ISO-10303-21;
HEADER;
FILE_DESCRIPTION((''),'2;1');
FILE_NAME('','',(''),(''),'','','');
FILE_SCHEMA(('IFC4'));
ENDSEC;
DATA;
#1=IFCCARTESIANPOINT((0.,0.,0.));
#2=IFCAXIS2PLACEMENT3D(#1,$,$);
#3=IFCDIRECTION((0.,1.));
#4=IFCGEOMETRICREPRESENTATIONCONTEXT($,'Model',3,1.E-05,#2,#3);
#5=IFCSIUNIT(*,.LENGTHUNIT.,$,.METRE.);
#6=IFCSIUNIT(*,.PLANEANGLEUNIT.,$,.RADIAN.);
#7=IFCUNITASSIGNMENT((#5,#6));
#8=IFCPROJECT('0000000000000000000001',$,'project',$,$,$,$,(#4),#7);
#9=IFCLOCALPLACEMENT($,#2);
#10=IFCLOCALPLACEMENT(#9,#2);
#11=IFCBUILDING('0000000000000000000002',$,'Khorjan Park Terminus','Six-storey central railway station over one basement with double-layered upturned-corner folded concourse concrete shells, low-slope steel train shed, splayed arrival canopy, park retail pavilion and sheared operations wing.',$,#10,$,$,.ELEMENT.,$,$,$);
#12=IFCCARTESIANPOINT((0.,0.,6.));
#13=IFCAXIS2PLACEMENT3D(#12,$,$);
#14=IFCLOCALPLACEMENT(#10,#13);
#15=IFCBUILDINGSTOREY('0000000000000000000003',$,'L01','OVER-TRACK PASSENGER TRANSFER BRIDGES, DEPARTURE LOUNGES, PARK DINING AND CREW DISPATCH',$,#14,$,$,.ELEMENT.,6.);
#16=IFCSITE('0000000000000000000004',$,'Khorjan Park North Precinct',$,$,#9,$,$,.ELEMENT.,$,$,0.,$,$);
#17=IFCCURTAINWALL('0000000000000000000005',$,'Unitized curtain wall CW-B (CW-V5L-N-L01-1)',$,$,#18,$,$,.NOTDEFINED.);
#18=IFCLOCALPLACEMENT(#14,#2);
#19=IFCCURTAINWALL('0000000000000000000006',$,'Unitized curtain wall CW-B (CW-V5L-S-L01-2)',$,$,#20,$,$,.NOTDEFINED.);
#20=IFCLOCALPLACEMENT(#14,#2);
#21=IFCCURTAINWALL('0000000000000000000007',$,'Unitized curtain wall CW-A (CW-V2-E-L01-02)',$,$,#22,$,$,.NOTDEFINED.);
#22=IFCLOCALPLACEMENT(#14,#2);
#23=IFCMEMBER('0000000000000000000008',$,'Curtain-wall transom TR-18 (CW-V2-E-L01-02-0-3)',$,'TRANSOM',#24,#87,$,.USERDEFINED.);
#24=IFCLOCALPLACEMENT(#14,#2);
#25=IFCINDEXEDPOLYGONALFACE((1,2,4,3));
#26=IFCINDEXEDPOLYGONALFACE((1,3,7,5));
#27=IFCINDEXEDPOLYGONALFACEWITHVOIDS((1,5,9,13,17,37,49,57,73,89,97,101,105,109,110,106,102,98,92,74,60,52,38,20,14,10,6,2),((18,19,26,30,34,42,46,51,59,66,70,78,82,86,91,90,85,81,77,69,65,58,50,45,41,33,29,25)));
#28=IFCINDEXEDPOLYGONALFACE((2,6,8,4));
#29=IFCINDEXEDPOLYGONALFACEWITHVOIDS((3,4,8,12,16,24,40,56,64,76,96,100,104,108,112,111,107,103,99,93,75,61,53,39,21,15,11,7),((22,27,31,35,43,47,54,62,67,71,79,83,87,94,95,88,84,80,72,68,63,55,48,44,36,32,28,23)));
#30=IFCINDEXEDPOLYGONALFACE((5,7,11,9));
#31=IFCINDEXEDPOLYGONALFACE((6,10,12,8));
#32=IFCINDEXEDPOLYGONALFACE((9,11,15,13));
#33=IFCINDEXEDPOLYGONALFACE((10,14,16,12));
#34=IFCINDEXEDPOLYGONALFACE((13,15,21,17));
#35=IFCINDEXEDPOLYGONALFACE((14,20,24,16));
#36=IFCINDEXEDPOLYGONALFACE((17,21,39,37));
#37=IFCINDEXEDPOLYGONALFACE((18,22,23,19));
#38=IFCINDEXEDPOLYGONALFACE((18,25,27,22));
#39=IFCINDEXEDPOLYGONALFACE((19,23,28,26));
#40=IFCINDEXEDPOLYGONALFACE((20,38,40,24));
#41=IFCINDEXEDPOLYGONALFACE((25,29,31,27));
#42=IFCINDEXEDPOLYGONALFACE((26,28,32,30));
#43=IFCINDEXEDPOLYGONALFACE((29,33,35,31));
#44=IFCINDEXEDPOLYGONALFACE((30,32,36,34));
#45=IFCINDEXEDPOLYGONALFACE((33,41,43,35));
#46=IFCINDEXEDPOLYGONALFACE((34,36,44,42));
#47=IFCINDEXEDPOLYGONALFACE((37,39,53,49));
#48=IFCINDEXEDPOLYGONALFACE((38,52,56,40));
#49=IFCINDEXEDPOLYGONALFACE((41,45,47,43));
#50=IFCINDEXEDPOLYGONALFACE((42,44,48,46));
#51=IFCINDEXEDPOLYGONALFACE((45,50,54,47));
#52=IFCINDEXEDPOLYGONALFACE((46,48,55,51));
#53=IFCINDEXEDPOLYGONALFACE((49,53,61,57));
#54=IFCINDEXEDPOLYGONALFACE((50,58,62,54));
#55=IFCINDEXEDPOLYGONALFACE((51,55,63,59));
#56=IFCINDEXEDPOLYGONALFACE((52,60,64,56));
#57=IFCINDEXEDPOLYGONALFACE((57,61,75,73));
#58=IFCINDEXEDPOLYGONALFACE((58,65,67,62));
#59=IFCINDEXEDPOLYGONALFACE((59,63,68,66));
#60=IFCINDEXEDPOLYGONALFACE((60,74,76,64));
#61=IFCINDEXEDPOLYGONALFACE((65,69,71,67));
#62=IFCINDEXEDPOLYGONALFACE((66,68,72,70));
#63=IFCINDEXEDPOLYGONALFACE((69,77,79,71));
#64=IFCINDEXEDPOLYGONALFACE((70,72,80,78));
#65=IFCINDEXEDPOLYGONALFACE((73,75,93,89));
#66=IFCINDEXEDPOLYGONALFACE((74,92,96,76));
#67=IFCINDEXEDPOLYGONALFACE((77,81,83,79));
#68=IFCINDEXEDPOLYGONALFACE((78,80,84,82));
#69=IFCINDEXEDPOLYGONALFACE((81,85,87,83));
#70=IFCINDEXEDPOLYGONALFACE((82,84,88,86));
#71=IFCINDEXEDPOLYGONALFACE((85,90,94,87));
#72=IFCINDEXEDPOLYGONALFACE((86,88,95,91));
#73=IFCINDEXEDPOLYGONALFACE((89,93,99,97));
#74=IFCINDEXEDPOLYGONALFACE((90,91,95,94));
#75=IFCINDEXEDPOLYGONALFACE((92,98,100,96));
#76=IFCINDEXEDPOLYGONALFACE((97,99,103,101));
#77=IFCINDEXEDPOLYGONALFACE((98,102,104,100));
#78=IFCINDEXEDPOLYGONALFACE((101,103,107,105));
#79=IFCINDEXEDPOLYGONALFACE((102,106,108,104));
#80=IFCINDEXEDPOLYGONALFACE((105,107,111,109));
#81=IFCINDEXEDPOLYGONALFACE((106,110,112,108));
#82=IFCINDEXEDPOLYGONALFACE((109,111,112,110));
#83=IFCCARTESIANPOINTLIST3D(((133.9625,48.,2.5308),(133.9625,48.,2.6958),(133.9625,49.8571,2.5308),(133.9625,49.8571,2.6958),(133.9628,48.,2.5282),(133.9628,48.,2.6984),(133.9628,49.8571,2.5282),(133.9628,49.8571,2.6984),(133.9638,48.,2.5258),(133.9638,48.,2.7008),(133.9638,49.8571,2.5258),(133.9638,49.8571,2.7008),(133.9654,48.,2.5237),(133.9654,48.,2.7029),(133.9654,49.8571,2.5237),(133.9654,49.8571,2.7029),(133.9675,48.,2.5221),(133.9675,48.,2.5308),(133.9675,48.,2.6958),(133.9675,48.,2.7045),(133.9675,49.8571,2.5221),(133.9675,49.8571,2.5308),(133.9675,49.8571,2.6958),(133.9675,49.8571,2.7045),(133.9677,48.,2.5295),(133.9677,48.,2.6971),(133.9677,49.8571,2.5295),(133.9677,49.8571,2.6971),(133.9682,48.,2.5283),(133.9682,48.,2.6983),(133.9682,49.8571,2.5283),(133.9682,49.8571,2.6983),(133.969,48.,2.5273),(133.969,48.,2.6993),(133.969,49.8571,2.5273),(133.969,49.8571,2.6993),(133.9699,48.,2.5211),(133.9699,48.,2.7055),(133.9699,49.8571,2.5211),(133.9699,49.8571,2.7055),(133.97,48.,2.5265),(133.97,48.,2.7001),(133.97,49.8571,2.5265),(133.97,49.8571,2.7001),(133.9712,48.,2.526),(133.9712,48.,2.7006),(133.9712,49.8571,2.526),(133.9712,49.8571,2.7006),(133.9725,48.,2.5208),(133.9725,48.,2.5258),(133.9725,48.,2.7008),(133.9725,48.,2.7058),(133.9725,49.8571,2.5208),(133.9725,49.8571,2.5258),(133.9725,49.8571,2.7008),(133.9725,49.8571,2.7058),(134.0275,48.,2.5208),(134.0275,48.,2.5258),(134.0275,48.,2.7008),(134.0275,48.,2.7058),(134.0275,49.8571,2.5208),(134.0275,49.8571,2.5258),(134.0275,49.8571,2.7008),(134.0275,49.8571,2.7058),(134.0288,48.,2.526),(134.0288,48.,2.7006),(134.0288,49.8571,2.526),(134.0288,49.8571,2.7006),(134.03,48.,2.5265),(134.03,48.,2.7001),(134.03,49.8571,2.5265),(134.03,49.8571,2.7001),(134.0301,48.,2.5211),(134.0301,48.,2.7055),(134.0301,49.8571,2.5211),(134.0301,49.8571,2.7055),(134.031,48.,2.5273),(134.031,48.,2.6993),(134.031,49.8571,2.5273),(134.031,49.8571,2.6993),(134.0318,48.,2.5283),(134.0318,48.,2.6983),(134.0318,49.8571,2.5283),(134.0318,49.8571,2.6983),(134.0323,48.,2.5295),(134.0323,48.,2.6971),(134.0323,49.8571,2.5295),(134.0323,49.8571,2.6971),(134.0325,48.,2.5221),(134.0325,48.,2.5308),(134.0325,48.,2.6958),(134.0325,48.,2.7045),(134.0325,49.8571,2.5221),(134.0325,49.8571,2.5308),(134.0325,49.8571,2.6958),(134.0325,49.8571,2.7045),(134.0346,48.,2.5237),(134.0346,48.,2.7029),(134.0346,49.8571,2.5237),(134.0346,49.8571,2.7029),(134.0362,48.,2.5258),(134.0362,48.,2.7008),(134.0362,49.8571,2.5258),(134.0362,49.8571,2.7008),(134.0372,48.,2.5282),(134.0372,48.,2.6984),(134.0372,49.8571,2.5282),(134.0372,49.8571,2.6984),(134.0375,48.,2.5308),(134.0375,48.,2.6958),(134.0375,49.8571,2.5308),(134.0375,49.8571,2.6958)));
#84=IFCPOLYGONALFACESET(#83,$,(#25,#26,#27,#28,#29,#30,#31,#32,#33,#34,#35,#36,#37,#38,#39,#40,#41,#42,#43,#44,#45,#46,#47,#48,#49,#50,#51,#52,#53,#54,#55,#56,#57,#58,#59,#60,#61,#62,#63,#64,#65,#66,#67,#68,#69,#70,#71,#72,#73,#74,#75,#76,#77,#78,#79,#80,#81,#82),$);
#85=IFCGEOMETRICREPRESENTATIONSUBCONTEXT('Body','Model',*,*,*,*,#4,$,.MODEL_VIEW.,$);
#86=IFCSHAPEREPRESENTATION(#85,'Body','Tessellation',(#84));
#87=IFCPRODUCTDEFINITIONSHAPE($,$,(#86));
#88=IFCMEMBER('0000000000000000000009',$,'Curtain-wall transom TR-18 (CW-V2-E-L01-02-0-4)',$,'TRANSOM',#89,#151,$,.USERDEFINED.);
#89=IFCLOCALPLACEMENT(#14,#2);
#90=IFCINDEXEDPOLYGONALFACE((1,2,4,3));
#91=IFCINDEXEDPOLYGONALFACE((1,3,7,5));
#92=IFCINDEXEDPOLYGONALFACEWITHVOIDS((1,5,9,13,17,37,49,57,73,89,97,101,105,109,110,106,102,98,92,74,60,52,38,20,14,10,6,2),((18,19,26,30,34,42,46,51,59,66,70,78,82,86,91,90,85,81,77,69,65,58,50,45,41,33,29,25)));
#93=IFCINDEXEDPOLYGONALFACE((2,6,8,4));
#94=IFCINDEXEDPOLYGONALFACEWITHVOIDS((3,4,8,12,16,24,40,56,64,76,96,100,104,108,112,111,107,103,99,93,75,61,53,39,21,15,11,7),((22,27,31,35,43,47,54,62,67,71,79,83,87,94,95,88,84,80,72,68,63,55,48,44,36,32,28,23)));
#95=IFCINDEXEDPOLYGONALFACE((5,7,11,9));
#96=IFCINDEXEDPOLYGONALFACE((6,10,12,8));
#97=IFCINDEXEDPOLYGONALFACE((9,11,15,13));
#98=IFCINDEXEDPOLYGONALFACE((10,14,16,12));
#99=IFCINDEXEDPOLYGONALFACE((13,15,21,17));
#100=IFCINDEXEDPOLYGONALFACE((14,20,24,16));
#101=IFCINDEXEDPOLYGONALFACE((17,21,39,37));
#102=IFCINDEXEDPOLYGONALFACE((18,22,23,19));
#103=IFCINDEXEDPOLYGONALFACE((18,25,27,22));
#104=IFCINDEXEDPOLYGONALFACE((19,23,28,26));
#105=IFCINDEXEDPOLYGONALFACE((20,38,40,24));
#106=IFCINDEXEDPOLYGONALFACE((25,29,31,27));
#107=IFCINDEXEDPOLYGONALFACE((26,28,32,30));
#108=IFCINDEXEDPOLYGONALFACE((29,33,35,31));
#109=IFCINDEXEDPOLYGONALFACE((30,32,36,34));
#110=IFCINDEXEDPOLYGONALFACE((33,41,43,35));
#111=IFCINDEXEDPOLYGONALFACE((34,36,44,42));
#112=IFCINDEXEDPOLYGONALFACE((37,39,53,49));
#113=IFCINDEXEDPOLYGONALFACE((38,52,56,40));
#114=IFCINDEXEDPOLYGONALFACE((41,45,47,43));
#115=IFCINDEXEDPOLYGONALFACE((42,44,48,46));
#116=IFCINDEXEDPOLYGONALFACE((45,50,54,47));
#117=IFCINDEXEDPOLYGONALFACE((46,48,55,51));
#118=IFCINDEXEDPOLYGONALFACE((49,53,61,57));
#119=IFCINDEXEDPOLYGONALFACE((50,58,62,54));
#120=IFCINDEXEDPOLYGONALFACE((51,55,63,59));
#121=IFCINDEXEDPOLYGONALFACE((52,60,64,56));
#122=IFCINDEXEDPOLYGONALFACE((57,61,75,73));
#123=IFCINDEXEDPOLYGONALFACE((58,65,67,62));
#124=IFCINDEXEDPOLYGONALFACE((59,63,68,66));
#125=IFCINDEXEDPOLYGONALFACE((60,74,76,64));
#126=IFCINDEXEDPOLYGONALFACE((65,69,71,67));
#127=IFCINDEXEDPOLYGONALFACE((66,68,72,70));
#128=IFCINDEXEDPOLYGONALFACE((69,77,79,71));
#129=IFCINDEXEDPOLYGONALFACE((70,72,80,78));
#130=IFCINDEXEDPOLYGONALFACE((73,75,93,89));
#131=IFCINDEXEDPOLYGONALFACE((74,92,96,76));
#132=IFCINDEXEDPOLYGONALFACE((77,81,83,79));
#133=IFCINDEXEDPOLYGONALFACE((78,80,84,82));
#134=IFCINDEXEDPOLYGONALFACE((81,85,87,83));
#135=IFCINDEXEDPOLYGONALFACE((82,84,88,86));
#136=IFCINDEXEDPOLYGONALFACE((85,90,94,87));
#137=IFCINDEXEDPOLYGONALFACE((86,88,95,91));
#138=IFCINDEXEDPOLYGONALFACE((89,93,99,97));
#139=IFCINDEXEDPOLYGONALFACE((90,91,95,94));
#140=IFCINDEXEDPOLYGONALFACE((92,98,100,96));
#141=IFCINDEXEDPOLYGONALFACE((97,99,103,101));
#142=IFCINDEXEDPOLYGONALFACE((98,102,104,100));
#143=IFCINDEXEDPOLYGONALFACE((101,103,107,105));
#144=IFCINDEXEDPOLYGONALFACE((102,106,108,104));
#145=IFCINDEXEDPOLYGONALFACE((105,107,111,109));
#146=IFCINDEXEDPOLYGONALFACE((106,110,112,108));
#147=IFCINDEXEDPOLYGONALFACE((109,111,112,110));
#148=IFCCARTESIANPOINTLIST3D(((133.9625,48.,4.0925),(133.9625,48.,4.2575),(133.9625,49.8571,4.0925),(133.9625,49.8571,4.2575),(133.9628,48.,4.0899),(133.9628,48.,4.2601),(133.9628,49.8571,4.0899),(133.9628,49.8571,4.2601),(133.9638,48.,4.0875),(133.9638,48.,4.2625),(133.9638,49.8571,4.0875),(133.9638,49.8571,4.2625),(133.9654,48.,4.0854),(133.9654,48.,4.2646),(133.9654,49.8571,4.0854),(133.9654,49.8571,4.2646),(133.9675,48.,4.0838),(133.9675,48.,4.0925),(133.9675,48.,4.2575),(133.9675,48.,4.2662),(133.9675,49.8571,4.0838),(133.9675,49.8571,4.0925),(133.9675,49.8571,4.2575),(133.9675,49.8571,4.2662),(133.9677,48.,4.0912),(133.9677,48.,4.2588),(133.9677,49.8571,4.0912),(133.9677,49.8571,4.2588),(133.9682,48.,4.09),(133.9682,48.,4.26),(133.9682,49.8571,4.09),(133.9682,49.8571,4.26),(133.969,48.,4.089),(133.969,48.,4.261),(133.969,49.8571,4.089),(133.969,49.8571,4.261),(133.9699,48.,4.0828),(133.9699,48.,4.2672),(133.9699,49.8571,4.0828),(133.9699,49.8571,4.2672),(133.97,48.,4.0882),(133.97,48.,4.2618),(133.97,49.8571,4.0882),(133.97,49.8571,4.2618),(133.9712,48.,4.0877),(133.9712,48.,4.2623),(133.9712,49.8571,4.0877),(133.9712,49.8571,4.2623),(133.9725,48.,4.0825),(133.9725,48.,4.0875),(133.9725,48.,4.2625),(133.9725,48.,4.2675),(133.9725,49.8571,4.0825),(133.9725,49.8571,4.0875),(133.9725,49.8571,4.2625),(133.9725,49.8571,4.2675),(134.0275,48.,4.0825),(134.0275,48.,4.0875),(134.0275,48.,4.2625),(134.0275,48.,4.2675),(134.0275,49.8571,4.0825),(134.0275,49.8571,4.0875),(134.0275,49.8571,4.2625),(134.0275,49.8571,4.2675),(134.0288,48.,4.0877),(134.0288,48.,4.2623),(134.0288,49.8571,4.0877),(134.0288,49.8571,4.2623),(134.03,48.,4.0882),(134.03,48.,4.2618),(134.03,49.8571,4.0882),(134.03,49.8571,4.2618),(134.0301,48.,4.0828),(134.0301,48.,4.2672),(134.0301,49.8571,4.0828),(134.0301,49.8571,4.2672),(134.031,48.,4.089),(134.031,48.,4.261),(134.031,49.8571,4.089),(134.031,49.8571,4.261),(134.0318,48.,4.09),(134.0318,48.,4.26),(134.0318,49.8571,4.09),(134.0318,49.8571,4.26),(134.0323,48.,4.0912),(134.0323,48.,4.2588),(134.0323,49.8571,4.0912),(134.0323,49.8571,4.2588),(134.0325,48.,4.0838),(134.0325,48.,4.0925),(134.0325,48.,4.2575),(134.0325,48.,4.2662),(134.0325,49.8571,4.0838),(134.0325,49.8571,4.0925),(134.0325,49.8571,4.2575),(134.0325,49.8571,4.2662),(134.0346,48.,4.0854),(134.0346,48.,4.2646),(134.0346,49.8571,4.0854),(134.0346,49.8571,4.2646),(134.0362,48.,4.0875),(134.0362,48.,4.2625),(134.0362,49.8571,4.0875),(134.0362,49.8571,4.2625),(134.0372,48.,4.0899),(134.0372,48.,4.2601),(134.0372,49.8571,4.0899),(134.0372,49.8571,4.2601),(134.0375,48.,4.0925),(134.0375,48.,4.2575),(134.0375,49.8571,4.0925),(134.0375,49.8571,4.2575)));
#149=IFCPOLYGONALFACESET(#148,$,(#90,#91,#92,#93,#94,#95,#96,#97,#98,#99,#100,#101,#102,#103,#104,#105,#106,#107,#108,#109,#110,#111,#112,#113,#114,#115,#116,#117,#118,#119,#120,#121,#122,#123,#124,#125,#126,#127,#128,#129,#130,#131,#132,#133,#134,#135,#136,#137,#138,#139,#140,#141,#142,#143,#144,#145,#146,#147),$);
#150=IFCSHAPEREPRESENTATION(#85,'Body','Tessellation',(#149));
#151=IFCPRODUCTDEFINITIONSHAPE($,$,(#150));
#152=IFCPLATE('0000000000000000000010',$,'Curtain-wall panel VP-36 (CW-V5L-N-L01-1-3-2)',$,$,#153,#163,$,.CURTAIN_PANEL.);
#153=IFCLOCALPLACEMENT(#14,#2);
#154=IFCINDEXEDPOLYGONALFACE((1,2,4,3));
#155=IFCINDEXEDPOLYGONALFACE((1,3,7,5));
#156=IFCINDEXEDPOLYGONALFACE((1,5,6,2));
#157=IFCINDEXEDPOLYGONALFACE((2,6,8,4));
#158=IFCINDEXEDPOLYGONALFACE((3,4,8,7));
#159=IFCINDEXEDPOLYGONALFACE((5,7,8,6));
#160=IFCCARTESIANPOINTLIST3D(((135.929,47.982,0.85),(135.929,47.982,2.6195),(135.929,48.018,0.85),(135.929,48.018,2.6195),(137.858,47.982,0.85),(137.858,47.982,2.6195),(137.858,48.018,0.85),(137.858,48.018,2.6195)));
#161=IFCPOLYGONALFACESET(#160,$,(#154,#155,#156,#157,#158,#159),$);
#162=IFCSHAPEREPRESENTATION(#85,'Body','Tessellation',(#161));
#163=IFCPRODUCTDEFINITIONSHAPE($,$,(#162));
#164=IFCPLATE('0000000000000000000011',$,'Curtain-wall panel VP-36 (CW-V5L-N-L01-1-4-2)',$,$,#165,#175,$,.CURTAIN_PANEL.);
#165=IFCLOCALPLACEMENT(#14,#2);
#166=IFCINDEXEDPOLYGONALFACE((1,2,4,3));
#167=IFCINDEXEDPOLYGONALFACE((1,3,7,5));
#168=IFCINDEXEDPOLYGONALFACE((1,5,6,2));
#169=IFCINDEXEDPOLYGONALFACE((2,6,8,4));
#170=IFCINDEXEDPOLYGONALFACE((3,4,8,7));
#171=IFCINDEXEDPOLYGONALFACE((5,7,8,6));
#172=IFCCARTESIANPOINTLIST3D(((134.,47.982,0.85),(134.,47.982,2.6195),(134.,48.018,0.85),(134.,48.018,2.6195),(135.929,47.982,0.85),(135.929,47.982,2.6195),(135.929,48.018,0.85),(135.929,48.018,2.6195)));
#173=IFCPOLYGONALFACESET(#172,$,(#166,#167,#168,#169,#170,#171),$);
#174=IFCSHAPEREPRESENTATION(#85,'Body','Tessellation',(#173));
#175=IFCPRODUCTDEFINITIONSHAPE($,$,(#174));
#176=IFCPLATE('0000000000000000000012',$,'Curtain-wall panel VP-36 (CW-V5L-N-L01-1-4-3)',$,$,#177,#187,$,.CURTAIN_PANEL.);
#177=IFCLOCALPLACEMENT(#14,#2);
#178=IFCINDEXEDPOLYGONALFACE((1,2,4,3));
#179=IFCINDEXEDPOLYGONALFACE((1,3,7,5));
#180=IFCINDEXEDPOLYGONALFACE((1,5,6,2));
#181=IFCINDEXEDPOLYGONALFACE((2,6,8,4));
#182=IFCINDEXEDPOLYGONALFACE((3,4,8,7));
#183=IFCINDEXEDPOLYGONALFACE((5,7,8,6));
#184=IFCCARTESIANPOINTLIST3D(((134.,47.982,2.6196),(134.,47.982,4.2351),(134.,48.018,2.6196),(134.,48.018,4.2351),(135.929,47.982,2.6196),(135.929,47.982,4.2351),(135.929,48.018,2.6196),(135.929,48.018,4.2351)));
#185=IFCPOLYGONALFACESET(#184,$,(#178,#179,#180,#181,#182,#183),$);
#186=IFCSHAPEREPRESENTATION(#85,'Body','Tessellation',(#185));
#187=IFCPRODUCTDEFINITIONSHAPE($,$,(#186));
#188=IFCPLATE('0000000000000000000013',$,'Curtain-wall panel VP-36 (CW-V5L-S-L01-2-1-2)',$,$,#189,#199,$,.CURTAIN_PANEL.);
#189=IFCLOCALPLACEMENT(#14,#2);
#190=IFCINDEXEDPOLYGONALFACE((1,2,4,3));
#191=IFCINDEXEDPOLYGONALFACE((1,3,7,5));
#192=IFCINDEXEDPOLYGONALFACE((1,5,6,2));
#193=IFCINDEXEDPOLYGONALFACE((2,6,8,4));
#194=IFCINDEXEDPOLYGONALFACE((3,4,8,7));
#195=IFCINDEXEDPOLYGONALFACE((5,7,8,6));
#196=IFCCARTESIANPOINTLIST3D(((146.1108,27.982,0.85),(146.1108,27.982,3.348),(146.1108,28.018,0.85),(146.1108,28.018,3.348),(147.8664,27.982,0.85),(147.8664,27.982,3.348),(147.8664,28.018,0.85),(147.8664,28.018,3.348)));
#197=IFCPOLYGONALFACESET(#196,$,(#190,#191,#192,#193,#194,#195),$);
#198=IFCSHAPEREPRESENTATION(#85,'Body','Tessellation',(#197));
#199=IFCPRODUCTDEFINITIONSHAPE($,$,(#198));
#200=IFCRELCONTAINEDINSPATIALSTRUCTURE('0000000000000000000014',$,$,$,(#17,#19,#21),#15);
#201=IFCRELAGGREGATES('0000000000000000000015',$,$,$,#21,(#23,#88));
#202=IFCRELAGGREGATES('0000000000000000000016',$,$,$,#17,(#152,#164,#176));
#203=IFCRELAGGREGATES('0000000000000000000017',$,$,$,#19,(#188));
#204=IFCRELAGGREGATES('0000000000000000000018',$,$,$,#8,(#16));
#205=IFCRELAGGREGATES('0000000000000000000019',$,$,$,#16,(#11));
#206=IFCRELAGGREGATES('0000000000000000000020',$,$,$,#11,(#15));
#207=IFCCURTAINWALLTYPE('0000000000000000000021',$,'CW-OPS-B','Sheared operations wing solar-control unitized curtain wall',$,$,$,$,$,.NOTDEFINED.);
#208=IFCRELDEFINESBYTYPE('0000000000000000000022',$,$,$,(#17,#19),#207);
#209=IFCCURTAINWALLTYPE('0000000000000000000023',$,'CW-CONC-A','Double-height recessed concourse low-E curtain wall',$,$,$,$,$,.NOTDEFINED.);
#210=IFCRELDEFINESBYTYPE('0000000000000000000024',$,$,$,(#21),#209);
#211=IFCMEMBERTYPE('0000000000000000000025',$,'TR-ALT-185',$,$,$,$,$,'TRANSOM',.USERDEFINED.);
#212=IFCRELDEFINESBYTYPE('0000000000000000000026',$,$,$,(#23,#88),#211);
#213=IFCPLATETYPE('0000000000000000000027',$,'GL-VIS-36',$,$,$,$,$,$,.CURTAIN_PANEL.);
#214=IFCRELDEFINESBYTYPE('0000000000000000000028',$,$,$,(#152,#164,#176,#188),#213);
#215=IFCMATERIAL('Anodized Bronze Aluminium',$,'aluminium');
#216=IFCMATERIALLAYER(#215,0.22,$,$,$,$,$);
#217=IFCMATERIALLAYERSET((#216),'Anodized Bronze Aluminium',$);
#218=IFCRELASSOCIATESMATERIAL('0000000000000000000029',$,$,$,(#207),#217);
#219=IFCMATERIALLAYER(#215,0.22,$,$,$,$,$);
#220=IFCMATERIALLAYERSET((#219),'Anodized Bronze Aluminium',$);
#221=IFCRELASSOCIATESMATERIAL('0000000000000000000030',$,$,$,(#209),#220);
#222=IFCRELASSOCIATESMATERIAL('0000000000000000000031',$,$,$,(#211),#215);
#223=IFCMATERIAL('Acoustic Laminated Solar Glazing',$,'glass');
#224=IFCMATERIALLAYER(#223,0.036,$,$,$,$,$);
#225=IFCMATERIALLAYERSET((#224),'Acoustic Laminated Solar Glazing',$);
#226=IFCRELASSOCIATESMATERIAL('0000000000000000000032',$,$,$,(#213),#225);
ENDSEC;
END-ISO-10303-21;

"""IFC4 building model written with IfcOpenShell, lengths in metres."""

from ifc_helpers import new_model, si_unit, direction, frame, origin, origin_2d, place, context, subcontext, project, spatial, rectangle, hollow_rectangle, extrude, material, layer, layer_set, material_profile, profile_set, type_object, element, aggregate, save


model = new_model("IFC4")

# Units and contexts
model_context = context("Model", 3, precision=1e-05, world=origin(), true_north=direction((0.0, 1.0)))
body_context = subcontext(model_context, "Body", "Model", "MODEL_VIEW")
ifc_project = project(units=[si_unit("LENGTHUNIT", "METRE"), si_unit("PLANEANGLEUNIT", "RADIAN")], contexts=[model_context])

# Site, building, storey
site_placement = place(None, origin())
site = spatial("IfcSite", under=ifc_project, at=site_placement, Name="Khorjan Park North Precinct", CompositionType="ELEMENT", RefElevation=0.0)
building_placement = place(site_placement, origin())
building = spatial("IfcBuilding", under=site, at=building_placement, Name="Khorjan Park Terminus", Description="Six-storey central railway station over one basement with double-layered upturned-corner folded concourse concrete shells, low-slope steel train shed, splayed arrival canopy, park retail pavilion and sheared operations wing.", CompositionType="ELEMENT")
storey_placement = place(building_placement, frame((0.0, 0.0, 6.0)))
storey = spatial("IfcBuildingStorey", under=building, at=storey_placement, Name="L01", Description="OVER-TRACK PASSENGER TRANSFER BRIDGES, DEPARTURE LOUNGES, PARK DINING AND CREW DISPATCH", CompositionType="ELEMENT", Elevation=6.0)

# Curtain walls
ifc_material_1 = material(Name="Anodized Bronze Aluminium", Category="aluminium")
ifc_layer_1 = layer(ifc_material_1, 0.22)
ifc_layer_set_1 = layer_set([ifc_layer_1], Name="Anodized Bronze Aluminium")
curtain_wall_type_1 = type_object("IfcCurtainWallType", Name="CW-OPS-B", Description="Sheared operations wing solar-control unitized curtain wall", PredefinedType="NOTDEFINED", material=ifc_layer_set_1)
curtain_wall_1_placement = place(storey_placement, origin())
curtain_wall_1 = element("IfcCurtainWall", 1, at=curtain_wall_1_placement, inside=storey, type_object=curtain_wall_type_1, Name="Unitized curtain wall CW-B (CW-V5L-N-L01-1)", PredefinedType="NOTDEFINED")
curtain_wall_2_placement = place(storey_placement, origin())
curtain_wall_2 = element("IfcCurtainWall", 2, at=curtain_wall_2_placement, inside=storey, type_object=curtain_wall_type_1, Name="Unitized curtain wall CW-B (CW-V5L-S-L01-2)", PredefinedType="NOTDEFINED")
ifc_layer_2 = layer(ifc_material_1, 0.22)
ifc_layer_set_2 = layer_set([ifc_layer_2], Name="Anodized Bronze Aluminium")
curtain_wall_type_2 = type_object("IfcCurtainWallType", Name="CW-CONC-A", Description="Double-height recessed concourse low-E curtain wall", PredefinedType="NOTDEFINED", material=ifc_layer_set_2)
curtain_wall_3_placement = place(storey_placement, origin())
curtain_wall_3 = element("IfcCurtainWall", 3, at=curtain_wall_3_placement, inside=storey, type_object=curtain_wall_type_2, Name="Unitized curtain wall CW-A (CW-V2-E-L01-02)", PredefinedType="NOTDEFINED")

# Members
ifc_material_profile_1 = material_profile(ifc_material_1, hollow_rectangle(XDim=0.075, YDim=0.185, WallThickness=0.005, InnerFilletRadius=0.005, OuterFilletRadius=0.01, at=origin_2d()), Name="ALT 75x185x5")
ifc_profile_set_1 = profile_set([ifc_material_profile_1], Name="Anodized Bronze Aluminium")
member_type_1 = type_object("IfcMemberType", Name="TR-ALT-185", ElementType="TRANSOM", PredefinedType="USERDEFINED", material=ifc_profile_set_1)
member_1_placement = place(storey_placement, frame((134.0, 48.0, 2.6133), z_axis=(0.0, 1.0, 0.0), x_axis=(-1.0, 0.0, 0.0)))
member_1 = element("IfcMember", 4, at=member_1_placement, type_object=member_type_1, Name="Curtain-wall transom TR-18 (CW-V2-E-L01-02-0-3)", ObjectType="TRANSOM", PredefinedType="USERDEFINED", context=body_context, shape_type="SweptSolid", body=[
    extrude(hollow_rectangle(XDim=0.075, YDim=0.185, WallThickness=0.005, InnerFilletRadius=0.005, OuterFilletRadius=0.01, at=origin_2d()), origin(), (0.0, 0.0, 1.0), 1.8571),
])
member_2_placement = place(storey_placement, frame((134.0, 48.0, 4.175), z_axis=(0.0, 1.0, 0.0), x_axis=(-1.0, 0.0, 0.0)))
member_2 = element("IfcMember", 5, at=member_2_placement, type_object=member_type_1, Name="Curtain-wall transom TR-18 (CW-V2-E-L01-02-0-4)", ObjectType="TRANSOM", PredefinedType="USERDEFINED", context=body_context, shape_type="SweptSolid", body=[
    extrude(hollow_rectangle(XDim=0.075, YDim=0.185, WallThickness=0.005, InnerFilletRadius=0.005, OuterFilletRadius=0.01, at=origin_2d()), origin(), (0.0, 0.0, 1.0), 1.8571),
])
aggregate(curtain_wall_3, [member_1, member_2])

# Plates
ifc_material_2 = material(Name="Acoustic Laminated Solar Glazing", Category="glass")
ifc_layer_3 = layer(ifc_material_2, 0.036)
ifc_layer_set_3 = layer_set([ifc_layer_3], Name="Acoustic Laminated Solar Glazing")
plate_type_1 = type_object("IfcPlateType", Name="GL-VIS-36", PredefinedType="CURTAIN_PANEL", material=ifc_layer_set_3)
plate_1_placement = place(storey_placement, frame((136.8935, 48.0, 0.85), z_axis=(0.0, 0.0, 1.0), x_axis=(-1.0, 0.0, 0.0)))
plate_1 = element("IfcPlate", 6, at=plate_1_placement, type_object=plate_type_1, Name="Curtain-wall panel VP-36 (CW-V5L-N-L01-1-3-2)", PredefinedType="CURTAIN_PANEL", context=body_context, shape_type="SweptSolid", body=[
    extrude(rectangle(XDim=1.929, YDim=0.036, at=origin_2d()), origin(), (0.0, 0.0, 1.0), 1.7695),
])
plate_2_placement = place(storey_placement, frame((134.9645, 48.0, 0.85), z_axis=(0.0, 0.0, 1.0), x_axis=(-1.0, 0.0, 0.0)))
plate_2 = element("IfcPlate", 7, at=plate_2_placement, type_object=plate_type_1, Name="Curtain-wall panel VP-36 (CW-V5L-N-L01-1-4-2)", PredefinedType="CURTAIN_PANEL", context=body_context, shape_type="SweptSolid", body=[
    extrude(rectangle(XDim=1.929, YDim=0.036, at=origin_2d()), origin(), (0.0, 0.0, 1.0), 1.7695),
])
plate_3_placement = place(storey_placement, frame((134.9645, 48.0, 2.6196), z_axis=(0.0, 0.0, 1.0), x_axis=(-1.0, 0.0, 0.0)))
plate_3 = element("IfcPlate", 8, at=plate_3_placement, type_object=plate_type_1, Name="Curtain-wall panel VP-36 (CW-V5L-N-L01-1-4-3)", PredefinedType="CURTAIN_PANEL", context=body_context, shape_type="SweptSolid", body=[
    extrude(rectangle(XDim=1.929, YDim=0.036, at=origin_2d()), origin(), (0.0, 0.0, 1.0), 1.6155),
])
plate_4_placement = place(storey_placement, frame((146.9886, 28.0, 0.85), z_axis=(0.0, 0.0, 1.0), x_axis=(1.0, 0.0, 0.0)))
plate_4 = element("IfcPlate", 9, at=plate_4_placement, type_object=plate_type_1, Name="Curtain-wall panel VP-36 (CW-V5L-S-L01-2-1-2)", PredefinedType="CURTAIN_PANEL", context=body_context, shape_type="SweptSolid", body=[
    extrude(rectangle(XDim=1.7557, YDim=0.036, at=origin_2d()), origin(), (0.0, 0.0, 1.0), 2.498),
])
aggregate(curtain_wall_1, [plate_1, plate_2, plate_3])
aggregate(curtain_wall_2, [plate_4])

save(model, "model.ifc")
